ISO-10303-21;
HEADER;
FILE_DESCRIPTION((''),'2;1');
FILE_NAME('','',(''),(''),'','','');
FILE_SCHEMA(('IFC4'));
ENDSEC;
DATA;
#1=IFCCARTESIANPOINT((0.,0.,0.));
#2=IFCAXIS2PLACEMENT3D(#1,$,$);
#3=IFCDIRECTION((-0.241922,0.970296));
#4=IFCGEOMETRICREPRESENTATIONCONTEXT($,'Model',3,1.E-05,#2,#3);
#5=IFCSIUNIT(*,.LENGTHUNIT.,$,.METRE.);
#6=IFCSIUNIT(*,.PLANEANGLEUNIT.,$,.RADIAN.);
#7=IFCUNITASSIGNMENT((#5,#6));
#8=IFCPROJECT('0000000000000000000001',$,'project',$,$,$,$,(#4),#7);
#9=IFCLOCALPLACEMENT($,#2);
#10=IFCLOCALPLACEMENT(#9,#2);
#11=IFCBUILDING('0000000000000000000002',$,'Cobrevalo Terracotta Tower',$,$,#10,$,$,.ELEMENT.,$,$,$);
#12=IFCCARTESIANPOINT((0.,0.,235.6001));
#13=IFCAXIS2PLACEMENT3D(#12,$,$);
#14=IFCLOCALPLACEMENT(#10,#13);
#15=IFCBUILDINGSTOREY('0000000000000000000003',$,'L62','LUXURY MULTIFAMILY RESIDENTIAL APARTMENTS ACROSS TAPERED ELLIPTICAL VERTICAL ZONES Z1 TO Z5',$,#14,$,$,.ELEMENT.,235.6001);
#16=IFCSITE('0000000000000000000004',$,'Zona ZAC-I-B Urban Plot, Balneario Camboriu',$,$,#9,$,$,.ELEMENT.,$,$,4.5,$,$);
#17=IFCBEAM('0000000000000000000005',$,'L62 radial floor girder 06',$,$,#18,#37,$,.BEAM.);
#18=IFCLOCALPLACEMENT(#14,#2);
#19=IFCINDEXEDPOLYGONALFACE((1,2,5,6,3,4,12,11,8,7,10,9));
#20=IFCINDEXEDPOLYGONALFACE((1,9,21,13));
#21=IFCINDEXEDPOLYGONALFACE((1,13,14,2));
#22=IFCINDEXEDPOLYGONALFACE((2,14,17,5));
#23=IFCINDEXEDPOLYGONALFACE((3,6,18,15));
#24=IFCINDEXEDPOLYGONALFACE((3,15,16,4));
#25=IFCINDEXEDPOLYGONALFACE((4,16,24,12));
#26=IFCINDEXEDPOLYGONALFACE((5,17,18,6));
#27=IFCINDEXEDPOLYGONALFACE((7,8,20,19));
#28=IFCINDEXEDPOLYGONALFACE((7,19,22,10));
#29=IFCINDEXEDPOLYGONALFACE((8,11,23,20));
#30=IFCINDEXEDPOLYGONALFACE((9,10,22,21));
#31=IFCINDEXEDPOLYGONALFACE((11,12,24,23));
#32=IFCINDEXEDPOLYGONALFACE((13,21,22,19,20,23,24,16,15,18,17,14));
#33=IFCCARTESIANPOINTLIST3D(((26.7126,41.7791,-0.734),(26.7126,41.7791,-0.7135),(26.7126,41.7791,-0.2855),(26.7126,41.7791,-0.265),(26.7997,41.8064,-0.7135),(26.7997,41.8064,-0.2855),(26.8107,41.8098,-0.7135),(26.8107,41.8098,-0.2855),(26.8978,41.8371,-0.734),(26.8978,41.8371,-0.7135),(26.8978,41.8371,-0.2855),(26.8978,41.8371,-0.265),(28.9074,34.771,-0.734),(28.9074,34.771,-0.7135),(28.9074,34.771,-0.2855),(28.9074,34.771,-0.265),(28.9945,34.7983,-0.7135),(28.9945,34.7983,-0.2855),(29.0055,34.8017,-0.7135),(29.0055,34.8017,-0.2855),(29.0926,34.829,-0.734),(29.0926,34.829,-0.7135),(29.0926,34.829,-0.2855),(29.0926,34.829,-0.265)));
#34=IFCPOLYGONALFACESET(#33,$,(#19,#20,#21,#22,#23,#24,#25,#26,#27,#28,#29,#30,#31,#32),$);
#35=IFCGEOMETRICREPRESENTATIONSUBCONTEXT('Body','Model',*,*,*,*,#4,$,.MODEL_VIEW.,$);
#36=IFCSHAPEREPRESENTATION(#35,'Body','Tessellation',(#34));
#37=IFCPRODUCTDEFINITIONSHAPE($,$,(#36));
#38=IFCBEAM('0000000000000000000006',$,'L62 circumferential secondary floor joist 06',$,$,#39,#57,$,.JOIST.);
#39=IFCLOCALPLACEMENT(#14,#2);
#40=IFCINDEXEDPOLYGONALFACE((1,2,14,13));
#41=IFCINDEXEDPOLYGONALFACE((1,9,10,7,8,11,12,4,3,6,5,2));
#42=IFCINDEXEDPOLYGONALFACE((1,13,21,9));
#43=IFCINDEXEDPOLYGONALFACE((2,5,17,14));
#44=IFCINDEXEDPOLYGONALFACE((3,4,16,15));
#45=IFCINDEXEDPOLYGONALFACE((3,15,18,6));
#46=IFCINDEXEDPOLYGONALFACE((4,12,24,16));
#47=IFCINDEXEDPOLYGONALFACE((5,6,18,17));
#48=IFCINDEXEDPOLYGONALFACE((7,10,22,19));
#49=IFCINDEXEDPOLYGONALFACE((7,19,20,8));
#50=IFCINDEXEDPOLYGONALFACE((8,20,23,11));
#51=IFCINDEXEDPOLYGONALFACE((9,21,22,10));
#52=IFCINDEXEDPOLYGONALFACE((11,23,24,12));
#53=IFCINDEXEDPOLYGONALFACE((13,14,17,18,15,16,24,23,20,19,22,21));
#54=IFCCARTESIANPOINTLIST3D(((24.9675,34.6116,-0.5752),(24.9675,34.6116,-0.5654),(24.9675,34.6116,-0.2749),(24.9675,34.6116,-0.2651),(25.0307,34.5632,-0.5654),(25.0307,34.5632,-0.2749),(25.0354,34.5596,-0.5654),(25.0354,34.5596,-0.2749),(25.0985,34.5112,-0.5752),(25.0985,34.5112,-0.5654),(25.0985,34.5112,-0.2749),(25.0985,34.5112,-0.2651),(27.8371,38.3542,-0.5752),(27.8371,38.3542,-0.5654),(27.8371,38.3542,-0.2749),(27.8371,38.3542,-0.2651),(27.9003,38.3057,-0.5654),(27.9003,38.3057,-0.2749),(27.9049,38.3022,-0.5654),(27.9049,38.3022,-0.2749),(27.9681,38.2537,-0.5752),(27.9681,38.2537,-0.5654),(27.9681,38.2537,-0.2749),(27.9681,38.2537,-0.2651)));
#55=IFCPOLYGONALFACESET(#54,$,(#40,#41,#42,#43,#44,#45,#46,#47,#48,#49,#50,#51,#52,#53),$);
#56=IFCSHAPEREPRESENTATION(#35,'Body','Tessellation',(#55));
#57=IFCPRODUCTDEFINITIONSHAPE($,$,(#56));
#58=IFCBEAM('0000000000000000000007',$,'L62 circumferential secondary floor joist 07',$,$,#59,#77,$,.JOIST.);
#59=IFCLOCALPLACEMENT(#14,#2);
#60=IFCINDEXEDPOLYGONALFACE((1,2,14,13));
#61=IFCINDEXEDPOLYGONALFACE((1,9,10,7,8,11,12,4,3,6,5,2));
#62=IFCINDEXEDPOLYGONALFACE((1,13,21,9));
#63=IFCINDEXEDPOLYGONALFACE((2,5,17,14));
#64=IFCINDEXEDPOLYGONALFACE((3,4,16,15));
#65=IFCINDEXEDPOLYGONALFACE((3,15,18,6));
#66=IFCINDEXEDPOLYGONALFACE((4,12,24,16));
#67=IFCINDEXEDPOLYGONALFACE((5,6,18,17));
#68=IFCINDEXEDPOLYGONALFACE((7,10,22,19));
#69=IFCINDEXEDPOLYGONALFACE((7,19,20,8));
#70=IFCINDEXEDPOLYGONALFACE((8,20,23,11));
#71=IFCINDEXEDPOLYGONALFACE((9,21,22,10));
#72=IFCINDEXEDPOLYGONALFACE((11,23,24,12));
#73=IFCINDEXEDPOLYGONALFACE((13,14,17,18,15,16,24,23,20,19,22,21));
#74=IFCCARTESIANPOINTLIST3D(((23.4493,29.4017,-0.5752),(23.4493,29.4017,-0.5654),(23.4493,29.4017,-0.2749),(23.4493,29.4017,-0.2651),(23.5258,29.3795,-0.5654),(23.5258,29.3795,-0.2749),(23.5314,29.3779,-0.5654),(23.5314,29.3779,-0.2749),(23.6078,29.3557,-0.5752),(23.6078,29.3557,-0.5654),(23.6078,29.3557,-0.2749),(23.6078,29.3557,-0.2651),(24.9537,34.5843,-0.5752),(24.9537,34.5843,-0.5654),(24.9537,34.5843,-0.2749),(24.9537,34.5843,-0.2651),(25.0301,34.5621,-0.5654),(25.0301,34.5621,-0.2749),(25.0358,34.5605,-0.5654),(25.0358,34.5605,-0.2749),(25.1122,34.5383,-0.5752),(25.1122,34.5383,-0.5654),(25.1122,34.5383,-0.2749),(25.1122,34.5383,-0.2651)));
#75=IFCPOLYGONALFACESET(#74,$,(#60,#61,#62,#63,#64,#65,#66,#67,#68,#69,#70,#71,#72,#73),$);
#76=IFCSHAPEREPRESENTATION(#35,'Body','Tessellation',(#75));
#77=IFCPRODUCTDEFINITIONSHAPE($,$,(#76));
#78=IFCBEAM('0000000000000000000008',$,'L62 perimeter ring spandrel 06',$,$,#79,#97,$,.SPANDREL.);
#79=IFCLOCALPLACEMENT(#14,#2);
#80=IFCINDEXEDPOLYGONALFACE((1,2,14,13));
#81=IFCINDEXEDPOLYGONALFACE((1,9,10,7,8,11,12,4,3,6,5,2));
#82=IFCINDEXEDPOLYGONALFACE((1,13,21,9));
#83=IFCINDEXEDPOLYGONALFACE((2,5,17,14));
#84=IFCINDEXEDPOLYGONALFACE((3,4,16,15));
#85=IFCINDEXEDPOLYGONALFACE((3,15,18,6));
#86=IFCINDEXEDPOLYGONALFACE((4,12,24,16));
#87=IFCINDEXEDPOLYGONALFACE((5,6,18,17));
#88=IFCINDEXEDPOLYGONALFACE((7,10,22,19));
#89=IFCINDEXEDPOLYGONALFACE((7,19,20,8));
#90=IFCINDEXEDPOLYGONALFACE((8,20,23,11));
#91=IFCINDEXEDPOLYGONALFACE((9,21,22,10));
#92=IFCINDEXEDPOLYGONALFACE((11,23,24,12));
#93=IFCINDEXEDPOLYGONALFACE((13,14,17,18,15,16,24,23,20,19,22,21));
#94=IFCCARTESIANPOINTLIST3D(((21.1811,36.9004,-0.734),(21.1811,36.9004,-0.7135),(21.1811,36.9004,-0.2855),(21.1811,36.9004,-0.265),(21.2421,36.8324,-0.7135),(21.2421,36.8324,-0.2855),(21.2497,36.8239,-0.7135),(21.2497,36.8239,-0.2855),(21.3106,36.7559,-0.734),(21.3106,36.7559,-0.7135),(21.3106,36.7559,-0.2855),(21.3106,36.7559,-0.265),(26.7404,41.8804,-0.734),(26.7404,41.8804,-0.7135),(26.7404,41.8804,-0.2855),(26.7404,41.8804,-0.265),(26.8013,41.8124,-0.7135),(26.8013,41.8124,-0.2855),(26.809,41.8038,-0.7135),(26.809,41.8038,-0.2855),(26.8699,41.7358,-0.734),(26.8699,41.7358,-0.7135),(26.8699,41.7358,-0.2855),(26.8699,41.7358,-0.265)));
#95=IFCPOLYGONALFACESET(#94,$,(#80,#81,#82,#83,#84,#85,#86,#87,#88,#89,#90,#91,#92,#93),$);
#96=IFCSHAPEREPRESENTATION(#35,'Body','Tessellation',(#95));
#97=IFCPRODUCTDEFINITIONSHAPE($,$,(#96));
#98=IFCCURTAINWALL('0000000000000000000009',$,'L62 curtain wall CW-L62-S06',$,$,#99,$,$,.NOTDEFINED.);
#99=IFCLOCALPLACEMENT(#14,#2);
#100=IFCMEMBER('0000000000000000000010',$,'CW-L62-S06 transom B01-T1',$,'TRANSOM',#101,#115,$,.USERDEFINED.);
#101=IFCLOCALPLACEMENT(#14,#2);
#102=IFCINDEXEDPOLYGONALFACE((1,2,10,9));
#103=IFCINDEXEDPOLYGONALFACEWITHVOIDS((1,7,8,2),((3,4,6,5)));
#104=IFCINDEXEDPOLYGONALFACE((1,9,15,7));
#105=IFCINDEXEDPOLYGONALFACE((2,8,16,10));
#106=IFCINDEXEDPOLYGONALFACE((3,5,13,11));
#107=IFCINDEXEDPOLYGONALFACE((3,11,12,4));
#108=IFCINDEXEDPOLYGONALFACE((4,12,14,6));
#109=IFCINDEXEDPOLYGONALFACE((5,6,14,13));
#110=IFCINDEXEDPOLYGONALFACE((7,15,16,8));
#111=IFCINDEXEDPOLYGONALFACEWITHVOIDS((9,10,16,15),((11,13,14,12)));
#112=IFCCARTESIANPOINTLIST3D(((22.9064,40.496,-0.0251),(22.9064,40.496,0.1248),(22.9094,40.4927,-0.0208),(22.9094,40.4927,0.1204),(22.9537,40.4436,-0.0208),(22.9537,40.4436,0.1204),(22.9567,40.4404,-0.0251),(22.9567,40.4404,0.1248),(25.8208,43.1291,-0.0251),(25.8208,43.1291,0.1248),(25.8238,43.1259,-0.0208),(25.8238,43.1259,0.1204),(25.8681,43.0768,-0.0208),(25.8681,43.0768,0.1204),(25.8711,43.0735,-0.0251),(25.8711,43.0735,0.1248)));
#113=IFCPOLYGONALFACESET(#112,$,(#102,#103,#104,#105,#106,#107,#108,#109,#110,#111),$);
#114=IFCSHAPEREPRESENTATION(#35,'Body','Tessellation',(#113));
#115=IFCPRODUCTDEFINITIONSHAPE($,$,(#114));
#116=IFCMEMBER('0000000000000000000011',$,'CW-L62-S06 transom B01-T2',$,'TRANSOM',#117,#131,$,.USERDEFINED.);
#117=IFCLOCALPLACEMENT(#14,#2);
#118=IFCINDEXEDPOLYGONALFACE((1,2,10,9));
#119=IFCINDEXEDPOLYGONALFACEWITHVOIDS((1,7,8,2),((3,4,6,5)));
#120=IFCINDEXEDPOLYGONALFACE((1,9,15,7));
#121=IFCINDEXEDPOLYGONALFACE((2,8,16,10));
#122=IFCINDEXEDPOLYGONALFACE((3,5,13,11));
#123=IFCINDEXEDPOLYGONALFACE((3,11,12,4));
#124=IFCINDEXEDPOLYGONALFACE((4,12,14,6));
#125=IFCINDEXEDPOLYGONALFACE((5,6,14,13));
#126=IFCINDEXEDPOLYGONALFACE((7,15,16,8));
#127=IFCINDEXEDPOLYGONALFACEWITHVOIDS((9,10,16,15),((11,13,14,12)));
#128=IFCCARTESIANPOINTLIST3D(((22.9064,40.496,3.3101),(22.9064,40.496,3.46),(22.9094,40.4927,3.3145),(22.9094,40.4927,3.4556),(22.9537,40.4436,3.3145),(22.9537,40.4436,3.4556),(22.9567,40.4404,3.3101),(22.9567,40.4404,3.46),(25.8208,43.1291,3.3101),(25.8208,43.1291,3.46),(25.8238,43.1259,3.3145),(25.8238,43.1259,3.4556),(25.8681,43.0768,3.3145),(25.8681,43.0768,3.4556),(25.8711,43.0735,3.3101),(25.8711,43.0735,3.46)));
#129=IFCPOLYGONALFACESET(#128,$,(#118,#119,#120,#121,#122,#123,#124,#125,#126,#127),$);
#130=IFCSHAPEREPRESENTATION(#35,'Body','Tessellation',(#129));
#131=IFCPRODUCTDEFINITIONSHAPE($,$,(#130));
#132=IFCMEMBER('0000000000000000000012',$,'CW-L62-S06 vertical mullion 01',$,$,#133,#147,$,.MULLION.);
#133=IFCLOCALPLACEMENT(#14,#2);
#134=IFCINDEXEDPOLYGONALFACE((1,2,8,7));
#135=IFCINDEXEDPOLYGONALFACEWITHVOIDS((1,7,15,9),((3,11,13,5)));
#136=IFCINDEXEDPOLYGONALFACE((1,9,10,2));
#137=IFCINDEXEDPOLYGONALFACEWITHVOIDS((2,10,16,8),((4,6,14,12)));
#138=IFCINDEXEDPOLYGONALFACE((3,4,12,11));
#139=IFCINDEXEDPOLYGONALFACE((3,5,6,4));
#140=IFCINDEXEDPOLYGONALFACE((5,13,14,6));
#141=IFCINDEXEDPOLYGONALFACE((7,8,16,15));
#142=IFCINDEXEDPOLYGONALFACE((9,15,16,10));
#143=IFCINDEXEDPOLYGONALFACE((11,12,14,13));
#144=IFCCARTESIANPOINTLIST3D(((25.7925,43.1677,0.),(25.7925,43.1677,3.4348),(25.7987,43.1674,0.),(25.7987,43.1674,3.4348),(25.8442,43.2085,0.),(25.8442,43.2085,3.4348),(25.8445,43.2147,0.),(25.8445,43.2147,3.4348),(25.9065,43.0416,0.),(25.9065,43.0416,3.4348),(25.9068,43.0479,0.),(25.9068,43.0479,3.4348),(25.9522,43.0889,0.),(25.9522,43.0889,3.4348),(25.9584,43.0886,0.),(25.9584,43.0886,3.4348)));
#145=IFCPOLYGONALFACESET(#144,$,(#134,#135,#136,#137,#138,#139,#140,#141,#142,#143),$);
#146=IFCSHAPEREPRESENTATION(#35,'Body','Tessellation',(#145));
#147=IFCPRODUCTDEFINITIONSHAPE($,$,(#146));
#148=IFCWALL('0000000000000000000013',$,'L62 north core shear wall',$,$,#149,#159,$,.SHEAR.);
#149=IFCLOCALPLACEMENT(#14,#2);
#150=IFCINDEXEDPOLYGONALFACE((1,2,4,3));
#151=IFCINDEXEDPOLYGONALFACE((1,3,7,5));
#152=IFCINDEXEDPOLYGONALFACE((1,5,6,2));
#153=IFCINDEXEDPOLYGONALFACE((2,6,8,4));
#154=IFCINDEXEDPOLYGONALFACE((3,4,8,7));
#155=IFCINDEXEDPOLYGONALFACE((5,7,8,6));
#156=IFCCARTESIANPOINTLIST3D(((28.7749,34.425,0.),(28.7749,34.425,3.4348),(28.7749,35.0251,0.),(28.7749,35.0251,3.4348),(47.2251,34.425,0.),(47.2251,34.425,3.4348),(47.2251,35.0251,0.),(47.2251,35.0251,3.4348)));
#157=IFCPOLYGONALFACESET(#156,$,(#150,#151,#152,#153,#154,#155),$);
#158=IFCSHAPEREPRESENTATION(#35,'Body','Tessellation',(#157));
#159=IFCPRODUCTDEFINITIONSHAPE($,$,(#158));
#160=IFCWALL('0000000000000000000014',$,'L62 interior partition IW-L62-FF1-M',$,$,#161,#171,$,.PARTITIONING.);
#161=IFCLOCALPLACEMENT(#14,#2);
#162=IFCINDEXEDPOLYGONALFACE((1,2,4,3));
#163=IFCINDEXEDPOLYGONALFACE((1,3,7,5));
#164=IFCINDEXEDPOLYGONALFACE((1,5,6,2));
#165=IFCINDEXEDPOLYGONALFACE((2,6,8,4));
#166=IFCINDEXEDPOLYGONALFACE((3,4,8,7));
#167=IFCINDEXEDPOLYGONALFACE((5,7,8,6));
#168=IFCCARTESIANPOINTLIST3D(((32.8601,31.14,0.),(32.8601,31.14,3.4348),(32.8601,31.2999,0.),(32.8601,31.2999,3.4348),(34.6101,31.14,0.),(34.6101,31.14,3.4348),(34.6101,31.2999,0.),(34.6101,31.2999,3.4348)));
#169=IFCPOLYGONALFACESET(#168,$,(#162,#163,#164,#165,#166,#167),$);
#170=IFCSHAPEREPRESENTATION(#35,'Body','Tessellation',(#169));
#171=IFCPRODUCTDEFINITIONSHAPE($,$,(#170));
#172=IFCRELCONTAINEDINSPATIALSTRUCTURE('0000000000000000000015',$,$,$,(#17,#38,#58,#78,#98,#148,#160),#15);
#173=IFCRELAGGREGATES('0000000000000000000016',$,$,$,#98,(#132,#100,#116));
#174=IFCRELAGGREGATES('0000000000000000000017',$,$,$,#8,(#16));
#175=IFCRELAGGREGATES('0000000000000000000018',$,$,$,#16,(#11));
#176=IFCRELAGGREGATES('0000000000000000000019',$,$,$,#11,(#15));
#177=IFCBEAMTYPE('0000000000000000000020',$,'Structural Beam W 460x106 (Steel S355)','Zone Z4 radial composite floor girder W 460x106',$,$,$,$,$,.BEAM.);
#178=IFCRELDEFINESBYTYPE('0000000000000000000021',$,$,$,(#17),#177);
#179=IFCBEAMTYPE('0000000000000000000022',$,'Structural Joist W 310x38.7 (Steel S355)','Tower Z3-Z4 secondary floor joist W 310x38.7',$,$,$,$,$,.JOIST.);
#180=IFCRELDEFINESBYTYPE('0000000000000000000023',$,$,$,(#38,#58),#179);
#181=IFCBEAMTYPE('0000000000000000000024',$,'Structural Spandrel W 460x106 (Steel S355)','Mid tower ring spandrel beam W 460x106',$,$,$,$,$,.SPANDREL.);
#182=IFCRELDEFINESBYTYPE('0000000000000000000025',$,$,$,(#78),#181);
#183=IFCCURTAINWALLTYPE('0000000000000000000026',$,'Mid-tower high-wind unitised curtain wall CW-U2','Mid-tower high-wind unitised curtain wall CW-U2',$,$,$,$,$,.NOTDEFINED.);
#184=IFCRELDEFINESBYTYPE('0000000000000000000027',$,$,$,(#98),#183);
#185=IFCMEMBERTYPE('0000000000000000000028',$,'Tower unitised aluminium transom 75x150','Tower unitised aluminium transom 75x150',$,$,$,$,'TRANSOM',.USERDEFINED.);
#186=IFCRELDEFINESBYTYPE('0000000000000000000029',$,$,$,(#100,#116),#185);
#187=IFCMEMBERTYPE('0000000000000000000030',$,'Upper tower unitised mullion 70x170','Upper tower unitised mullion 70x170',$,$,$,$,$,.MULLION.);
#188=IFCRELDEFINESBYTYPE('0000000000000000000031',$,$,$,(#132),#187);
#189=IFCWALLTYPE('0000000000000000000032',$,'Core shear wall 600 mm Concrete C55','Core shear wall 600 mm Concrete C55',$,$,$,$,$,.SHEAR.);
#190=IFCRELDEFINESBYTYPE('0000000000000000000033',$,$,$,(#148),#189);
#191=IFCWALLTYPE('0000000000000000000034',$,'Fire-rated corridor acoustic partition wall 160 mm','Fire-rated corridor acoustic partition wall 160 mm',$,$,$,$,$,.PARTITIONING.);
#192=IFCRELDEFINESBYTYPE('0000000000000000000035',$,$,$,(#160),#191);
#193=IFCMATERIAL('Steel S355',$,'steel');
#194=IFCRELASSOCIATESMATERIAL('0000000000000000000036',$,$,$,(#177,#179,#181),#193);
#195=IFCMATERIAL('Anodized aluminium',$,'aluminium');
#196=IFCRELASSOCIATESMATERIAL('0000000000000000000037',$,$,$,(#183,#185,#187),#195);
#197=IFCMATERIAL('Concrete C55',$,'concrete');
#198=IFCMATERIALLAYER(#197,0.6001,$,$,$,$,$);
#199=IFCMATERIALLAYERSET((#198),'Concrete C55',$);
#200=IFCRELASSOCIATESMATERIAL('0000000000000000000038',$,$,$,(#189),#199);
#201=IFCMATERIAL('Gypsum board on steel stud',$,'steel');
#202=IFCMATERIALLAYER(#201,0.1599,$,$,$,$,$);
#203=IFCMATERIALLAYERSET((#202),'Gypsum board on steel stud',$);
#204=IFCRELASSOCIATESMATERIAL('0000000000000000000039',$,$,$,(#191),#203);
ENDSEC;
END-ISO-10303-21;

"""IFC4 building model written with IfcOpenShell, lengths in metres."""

from ifc_helpers import new_model, si_unit, direction, frame, frame_2d, origin, origin_2d, place, context, subcontext, project, spatial, rectangle, hollow_rectangle, i_section, extrude, source, transform, mapped, material, layer, layer_set, material_profile, profile_set, type_object, element, aggregate, save


model = new_model("IFC4")

# Units and contexts
model_context = context("Model", 3, precision=1e-05, world=origin(), true_north=direction((-0.241922, 0.970296)))
body_context = subcontext(model_context, "Body", "Model", "MODEL_VIEW")
ifc_project = project(units=[si_unit("LENGTHUNIT", "METRE"), si_unit("PLANEANGLEUNIT", "RADIAN")], contexts=[model_context])

# Site, building, storey
site_placement = place(None, origin())
site = spatial("IfcSite", under=ifc_project, at=site_placement, Name="Zona ZAC-I-B Urban Plot, Balneario Camboriu", CompositionType="ELEMENT", RefElevation=4.5)
building_placement = place(site_placement, origin())
building = spatial("IfcBuilding", under=site, at=building_placement, Name="Cobrevalo Terracotta Tower", CompositionType="ELEMENT")
storey_placement = place(building_placement, frame((0.0, 0.0, 235.6001)))
storey = spatial("IfcBuildingStorey", under=building, at=storey_placement, Name="L62", Description="LUXURY MULTIFAMILY RESIDENTIAL APARTMENTS ACROSS TAPERED ELLIPTICAL VERTICAL ZONES Z1 TO Z5", CompositionType="ELEMENT", Elevation=235.6001)

# Shared definitions
ifc_material_1 = material(Name="Steel S355", Category="steel")

# Beams
ifc_material_profile_1 = material_profile(ifc_material_1, i_section(OverallWidth=0.1941, OverallDepth=0.469, WebThickness=0.0115, FlangeThickness=0.0205, at=origin_2d()), Name="W 460x106")
ifc_profile_set_1 = profile_set([ifc_material_profile_1], Name="Steel S355")
beam_type_1 = type_object("IfcBeamType", Name="Structural Beam W 460x106 (Steel S355)", Description="Zone Z4 radial composite floor girder W 460x106", PredefinedType="BEAM", material=ifc_profile_set_1)
beam_1_placement = place(storey_placement, frame((26.8052, 41.8081, -0.4995), z_axis=(0.298871, -0.954293, 0.0), x_axis=(0.954293, 0.298871, 0.0)))
element("IfcBeam", 1, at=beam_1_placement, inside=storey, type_object=beam_type_1, Name="L62 radial floor girder 06", PredefinedType="BEAM", context=body_context, shape_type="SweptSolid", body=[
    extrude(i_section(OverallWidth=0.1941, OverallDepth=0.469, WebThickness=0.0115, FlangeThickness=0.0205, at=origin_2d()), origin(), (0.0, 0.0, 1.0), 7.3438),
])
ifc_material_profile_2 = material_profile(ifc_material_1, i_section(OverallWidth=0.165, OverallDepth=0.3101, WebThickness=0.0059, FlangeThickness=0.0098, at=origin_2d()), Name="W 310x38.7")
ifc_profile_set_2 = profile_set([ifc_material_profile_2], Name="Steel S355")
beam_type_2 = type_object("IfcBeamType", Name="Structural Joist W 310x38.7 (Steel S355)", Description="Tower Z3-Z4 secondary floor joist W 310x38.7", PredefinedType="JOIST", material=ifc_profile_set_2)
beam_2_placement = place(storey_placement, frame((27.9026, 38.304, -0.4202), z_axis=(-0.608464, -0.793581, 0.0), x_axis=(0.793581, -0.608464, 0.0)))
element("IfcBeam", 2, at=beam_2_placement, inside=storey, type_object=beam_type_2, Name="L62 circumferential secondary floor joist 06", PredefinedType="JOIST", context=body_context, shape_type="SweptSolid", body=[
    extrude(i_section(OverallWidth=0.165, OverallDepth=0.3101, WebThickness=0.0059, FlangeThickness=0.0098, at=origin_2d()), origin(), (0.0, 0.0, 1.0), 4.7161),
])
beam_3_placement = place(storey_placement, frame((25.033, 34.5613, -0.4202), z_axis=(-0.27877, -0.960358, 0.0), x_axis=(0.960358, -0.27877, 0.0)))
element("IfcBeam", 3, at=beam_3_placement, inside=storey, type_object=beam_type_2, Name="L62 circumferential secondary floor joist 07", PredefinedType="JOIST", context=body_context, shape_type="SweptSolid", body=[
    extrude(i_section(OverallWidth=0.165, OverallDepth=0.3101, WebThickness=0.0059, FlangeThickness=0.0098, at=origin_2d()), origin(), (0.0, 0.0, 1.0), 5.3965),
])
ifc_material_profile_3 = material_profile(ifc_material_1, i_section(OverallWidth=0.1941, OverallDepth=0.469, WebThickness=0.0115, FlangeThickness=0.0205, at=origin_2d()), Name="W 460x106")
ifc_profile_set_3 = profile_set([ifc_material_profile_3], Name="Steel S355")
beam_type_3 = type_object("IfcBeamType", Name="Structural Spandrel W 460x106 (Steel S355)", Description="Mid tower ring spandrel beam W 460x106", PredefinedType="SPANDREL", material=ifc_profile_set_3)
beam_4_placement = place(storey_placement, frame((26.8052, 41.8081, -0.4995), z_axis=(-0.744852, -0.66723, 0.0), x_axis=(0.66723, -0.744852, 0.0)))
element("IfcBeam", 4, at=beam_4_placement, inside=storey, type_object=beam_type_3, Name="L62 perimeter ring spandrel 06", PredefinedType="SPANDREL", context=body_context, shape_type="SweptSolid", body=[
    extrude(i_section(OverallWidth=0.1941, OverallDepth=0.469, WebThickness=0.0115, FlangeThickness=0.0205, at=origin_2d()), origin(), (0.0, 0.0, 1.0), 7.4636),
])

# Curtain wall, members
ifc_material_2 = material(Name="Anodized aluminium", Category="aluminium")
curtain_wall_type = type_object("IfcCurtainWallType", Name="Mid-tower high-wind unitised curtain wall CW-U2", Description="Mid-tower high-wind unitised curtain wall CW-U2", PredefinedType="NOTDEFINED", material=ifc_material_2)
curtain_wall_placement = place(storey_placement, origin())
curtain_wall = element("IfcCurtainWall", 5, at=curtain_wall_placement, inside=storey, type_object=curtain_wall_type, Name="L62 curtain wall CW-L62-S06", PredefinedType="NOTDEFINED")
ifc_material_profile_4 = material_profile(ifc_material_2, hollow_rectangle(XDim=0.075, YDim=0.1499, WallThickness=0.0044, at=origin_2d()), Name="CWT 75x150")
ifc_profile_set_4 = profile_set([ifc_material_profile_4], Name="Anodized aluminium")
member_type_1 = type_object("IfcMemberType", Name="Tower unitised aluminium transom 75x150", Description="Tower unitised aluminium transom 75x150", ElementType="TRANSOM", PredefinedType="USERDEFINED", material=ifc_profile_set_4)
shared_shape_1 = source(origin(), body_context, "Body", "SweptSolid", [
    extrude(hollow_rectangle(XDim=0.075, YDim=0.1499, WallThickness=0.0044, at=origin_2d()), origin(), (0.0, 0.0, 1.0), 3.9277),
])
member_1_placement = place(storey_placement, frame((25.8459, 43.1013, 0.0498), z_axis=(-0.742004, -0.670396, 0.0), x_axis=(0.670396, -0.742004, 0.0)))
member_1 = element("IfcMember", 6, at=member_1_placement, type_object=member_type_1, Name="CW-L62-S06 transom B01-T1", ObjectType="TRANSOM", PredefinedType="USERDEFINED", context=body_context, shape_type="MappedRepresentation", body=[
    mapped(shared_shape_1, transform((0.0, 0.0, 0.0), scale=1.0)),
])
member_2_placement = place(storey_placement, frame((25.8459, 43.1013, 3.385), z_axis=(-0.742004, -0.670396, 0.0), x_axis=(0.670396, -0.742004, 0.0)))
member_2 = element("IfcMember", 7, at=member_2_placement, type_object=member_type_1, Name="CW-L62-S06 transom B01-T2", ObjectType="TRANSOM", PredefinedType="USERDEFINED", context=body_context, shape_type="MappedRepresentation", body=[
    mapped(shared_shape_1, transform((0.0, 0.0, 0.0), scale=1.0)),
])
ifc_material_profile_5 = material_profile(ifc_material_2, hollow_rectangle(XDim=0.0701, YDim=0.1699, WallThickness=0.0044, at=origin_2d()), Name="CWM 70x170")
ifc_profile_set_5 = profile_set([ifc_material_profile_5], Name="Anodized aluminium")
member_type_2 = type_object("IfcMemberType", Name="Upper tower unitised mullion 70x170", Description="Upper tower unitised mullion 70x170", PredefinedType="MULLION", material=ifc_profile_set_5)
shared_shape_2 = source(origin(), body_context, "Body", "SweptSolid", [
    extrude(hollow_rectangle(XDim=0.0701, YDim=0.1699, WallThickness=0.0044, at=origin_2d()), origin(), (0.0, 0.0, 1.0), 3.4348),
])
member_3_placement = place(storey_placement, frame((25.8755, 43.1282, 0.0), z_axis=(0.0, 0.0, 1.0), x_axis=(-0.741988, -0.670414, 0.0)))
member_3 = element("IfcMember", 8, at=member_3_placement, type_object=member_type_2, Name="CW-L62-S06 vertical mullion 01", PredefinedType="MULLION", context=body_context, shape_type="MappedRepresentation", body=[
    mapped(shared_shape_2, transform((0.0, 0.0, 0.0), scale=1.0)),
])
aggregate(curtain_wall, [member_3, member_1, member_2])

# Walls
ifc_material_3 = material(Name="Concrete C55", Category="concrete")
ifc_layer_1 = layer(ifc_material_3, 0.6001)
ifc_layer_set_1 = layer_set([ifc_layer_1], Name="Concrete C55")
wall_type_1 = type_object("IfcWallType", Name="Core shear wall 600 mm Concrete C55", Description="Core shear wall 600 mm Concrete C55", PredefinedType="SHEAR", material=ifc_layer_set_1)
wall_1_placement = place(storey_placement, frame((28.7749, 34.7251, 0.0), z_axis=(0.0, 0.0, 1.0), x_axis=(1.0, 0.0, 0.0)))
element("IfcWall", 9, at=wall_1_placement, inside=storey, type_object=wall_type_1, Name="L62 north core shear wall", PredefinedType="SHEAR", context=body_context, shape_type="SweptSolid", body=[
    extrude(rectangle(XDim=18.4502, YDim=0.6001, at=frame_2d((9.2251, 0.0))), origin(), (0.0, 0.0, 1.0), 3.4348),
])
ifc_material_4 = material(Name="Gypsum board on steel stud", Category="steel")
ifc_layer_2 = layer(ifc_material_4, 0.1599)
ifc_layer_set_2 = layer_set([ifc_layer_2], Name="Gypsum board on steel stud")
wall_type_2 = type_object("IfcWallType", Name="Fire-rated corridor acoustic partition wall 160 mm", Description="Fire-rated corridor acoustic partition wall 160 mm", PredefinedType="PARTITIONING", material=ifc_layer_set_2)
wall_2_placement = place(storey_placement, frame((32.8601, 31.22, 0.0), z_axis=(0.0, 0.0, 1.0), x_axis=(1.0, 0.0, 0.0)))
element("IfcWall", 10, at=wall_2_placement, inside=storey, type_object=wall_type_2, Name="L62 interior partition IW-L62-FF1-M", PredefinedType="PARTITIONING", context=body_context, shape_type="SweptSolid", body=[
    extrude(rectangle(XDim=1.75, YDim=0.1599, at=frame_2d((0.875, 0.0))), origin(), (0.0, 0.0, 1.0), 3.4348),
])

save(model, "model.ifc")
